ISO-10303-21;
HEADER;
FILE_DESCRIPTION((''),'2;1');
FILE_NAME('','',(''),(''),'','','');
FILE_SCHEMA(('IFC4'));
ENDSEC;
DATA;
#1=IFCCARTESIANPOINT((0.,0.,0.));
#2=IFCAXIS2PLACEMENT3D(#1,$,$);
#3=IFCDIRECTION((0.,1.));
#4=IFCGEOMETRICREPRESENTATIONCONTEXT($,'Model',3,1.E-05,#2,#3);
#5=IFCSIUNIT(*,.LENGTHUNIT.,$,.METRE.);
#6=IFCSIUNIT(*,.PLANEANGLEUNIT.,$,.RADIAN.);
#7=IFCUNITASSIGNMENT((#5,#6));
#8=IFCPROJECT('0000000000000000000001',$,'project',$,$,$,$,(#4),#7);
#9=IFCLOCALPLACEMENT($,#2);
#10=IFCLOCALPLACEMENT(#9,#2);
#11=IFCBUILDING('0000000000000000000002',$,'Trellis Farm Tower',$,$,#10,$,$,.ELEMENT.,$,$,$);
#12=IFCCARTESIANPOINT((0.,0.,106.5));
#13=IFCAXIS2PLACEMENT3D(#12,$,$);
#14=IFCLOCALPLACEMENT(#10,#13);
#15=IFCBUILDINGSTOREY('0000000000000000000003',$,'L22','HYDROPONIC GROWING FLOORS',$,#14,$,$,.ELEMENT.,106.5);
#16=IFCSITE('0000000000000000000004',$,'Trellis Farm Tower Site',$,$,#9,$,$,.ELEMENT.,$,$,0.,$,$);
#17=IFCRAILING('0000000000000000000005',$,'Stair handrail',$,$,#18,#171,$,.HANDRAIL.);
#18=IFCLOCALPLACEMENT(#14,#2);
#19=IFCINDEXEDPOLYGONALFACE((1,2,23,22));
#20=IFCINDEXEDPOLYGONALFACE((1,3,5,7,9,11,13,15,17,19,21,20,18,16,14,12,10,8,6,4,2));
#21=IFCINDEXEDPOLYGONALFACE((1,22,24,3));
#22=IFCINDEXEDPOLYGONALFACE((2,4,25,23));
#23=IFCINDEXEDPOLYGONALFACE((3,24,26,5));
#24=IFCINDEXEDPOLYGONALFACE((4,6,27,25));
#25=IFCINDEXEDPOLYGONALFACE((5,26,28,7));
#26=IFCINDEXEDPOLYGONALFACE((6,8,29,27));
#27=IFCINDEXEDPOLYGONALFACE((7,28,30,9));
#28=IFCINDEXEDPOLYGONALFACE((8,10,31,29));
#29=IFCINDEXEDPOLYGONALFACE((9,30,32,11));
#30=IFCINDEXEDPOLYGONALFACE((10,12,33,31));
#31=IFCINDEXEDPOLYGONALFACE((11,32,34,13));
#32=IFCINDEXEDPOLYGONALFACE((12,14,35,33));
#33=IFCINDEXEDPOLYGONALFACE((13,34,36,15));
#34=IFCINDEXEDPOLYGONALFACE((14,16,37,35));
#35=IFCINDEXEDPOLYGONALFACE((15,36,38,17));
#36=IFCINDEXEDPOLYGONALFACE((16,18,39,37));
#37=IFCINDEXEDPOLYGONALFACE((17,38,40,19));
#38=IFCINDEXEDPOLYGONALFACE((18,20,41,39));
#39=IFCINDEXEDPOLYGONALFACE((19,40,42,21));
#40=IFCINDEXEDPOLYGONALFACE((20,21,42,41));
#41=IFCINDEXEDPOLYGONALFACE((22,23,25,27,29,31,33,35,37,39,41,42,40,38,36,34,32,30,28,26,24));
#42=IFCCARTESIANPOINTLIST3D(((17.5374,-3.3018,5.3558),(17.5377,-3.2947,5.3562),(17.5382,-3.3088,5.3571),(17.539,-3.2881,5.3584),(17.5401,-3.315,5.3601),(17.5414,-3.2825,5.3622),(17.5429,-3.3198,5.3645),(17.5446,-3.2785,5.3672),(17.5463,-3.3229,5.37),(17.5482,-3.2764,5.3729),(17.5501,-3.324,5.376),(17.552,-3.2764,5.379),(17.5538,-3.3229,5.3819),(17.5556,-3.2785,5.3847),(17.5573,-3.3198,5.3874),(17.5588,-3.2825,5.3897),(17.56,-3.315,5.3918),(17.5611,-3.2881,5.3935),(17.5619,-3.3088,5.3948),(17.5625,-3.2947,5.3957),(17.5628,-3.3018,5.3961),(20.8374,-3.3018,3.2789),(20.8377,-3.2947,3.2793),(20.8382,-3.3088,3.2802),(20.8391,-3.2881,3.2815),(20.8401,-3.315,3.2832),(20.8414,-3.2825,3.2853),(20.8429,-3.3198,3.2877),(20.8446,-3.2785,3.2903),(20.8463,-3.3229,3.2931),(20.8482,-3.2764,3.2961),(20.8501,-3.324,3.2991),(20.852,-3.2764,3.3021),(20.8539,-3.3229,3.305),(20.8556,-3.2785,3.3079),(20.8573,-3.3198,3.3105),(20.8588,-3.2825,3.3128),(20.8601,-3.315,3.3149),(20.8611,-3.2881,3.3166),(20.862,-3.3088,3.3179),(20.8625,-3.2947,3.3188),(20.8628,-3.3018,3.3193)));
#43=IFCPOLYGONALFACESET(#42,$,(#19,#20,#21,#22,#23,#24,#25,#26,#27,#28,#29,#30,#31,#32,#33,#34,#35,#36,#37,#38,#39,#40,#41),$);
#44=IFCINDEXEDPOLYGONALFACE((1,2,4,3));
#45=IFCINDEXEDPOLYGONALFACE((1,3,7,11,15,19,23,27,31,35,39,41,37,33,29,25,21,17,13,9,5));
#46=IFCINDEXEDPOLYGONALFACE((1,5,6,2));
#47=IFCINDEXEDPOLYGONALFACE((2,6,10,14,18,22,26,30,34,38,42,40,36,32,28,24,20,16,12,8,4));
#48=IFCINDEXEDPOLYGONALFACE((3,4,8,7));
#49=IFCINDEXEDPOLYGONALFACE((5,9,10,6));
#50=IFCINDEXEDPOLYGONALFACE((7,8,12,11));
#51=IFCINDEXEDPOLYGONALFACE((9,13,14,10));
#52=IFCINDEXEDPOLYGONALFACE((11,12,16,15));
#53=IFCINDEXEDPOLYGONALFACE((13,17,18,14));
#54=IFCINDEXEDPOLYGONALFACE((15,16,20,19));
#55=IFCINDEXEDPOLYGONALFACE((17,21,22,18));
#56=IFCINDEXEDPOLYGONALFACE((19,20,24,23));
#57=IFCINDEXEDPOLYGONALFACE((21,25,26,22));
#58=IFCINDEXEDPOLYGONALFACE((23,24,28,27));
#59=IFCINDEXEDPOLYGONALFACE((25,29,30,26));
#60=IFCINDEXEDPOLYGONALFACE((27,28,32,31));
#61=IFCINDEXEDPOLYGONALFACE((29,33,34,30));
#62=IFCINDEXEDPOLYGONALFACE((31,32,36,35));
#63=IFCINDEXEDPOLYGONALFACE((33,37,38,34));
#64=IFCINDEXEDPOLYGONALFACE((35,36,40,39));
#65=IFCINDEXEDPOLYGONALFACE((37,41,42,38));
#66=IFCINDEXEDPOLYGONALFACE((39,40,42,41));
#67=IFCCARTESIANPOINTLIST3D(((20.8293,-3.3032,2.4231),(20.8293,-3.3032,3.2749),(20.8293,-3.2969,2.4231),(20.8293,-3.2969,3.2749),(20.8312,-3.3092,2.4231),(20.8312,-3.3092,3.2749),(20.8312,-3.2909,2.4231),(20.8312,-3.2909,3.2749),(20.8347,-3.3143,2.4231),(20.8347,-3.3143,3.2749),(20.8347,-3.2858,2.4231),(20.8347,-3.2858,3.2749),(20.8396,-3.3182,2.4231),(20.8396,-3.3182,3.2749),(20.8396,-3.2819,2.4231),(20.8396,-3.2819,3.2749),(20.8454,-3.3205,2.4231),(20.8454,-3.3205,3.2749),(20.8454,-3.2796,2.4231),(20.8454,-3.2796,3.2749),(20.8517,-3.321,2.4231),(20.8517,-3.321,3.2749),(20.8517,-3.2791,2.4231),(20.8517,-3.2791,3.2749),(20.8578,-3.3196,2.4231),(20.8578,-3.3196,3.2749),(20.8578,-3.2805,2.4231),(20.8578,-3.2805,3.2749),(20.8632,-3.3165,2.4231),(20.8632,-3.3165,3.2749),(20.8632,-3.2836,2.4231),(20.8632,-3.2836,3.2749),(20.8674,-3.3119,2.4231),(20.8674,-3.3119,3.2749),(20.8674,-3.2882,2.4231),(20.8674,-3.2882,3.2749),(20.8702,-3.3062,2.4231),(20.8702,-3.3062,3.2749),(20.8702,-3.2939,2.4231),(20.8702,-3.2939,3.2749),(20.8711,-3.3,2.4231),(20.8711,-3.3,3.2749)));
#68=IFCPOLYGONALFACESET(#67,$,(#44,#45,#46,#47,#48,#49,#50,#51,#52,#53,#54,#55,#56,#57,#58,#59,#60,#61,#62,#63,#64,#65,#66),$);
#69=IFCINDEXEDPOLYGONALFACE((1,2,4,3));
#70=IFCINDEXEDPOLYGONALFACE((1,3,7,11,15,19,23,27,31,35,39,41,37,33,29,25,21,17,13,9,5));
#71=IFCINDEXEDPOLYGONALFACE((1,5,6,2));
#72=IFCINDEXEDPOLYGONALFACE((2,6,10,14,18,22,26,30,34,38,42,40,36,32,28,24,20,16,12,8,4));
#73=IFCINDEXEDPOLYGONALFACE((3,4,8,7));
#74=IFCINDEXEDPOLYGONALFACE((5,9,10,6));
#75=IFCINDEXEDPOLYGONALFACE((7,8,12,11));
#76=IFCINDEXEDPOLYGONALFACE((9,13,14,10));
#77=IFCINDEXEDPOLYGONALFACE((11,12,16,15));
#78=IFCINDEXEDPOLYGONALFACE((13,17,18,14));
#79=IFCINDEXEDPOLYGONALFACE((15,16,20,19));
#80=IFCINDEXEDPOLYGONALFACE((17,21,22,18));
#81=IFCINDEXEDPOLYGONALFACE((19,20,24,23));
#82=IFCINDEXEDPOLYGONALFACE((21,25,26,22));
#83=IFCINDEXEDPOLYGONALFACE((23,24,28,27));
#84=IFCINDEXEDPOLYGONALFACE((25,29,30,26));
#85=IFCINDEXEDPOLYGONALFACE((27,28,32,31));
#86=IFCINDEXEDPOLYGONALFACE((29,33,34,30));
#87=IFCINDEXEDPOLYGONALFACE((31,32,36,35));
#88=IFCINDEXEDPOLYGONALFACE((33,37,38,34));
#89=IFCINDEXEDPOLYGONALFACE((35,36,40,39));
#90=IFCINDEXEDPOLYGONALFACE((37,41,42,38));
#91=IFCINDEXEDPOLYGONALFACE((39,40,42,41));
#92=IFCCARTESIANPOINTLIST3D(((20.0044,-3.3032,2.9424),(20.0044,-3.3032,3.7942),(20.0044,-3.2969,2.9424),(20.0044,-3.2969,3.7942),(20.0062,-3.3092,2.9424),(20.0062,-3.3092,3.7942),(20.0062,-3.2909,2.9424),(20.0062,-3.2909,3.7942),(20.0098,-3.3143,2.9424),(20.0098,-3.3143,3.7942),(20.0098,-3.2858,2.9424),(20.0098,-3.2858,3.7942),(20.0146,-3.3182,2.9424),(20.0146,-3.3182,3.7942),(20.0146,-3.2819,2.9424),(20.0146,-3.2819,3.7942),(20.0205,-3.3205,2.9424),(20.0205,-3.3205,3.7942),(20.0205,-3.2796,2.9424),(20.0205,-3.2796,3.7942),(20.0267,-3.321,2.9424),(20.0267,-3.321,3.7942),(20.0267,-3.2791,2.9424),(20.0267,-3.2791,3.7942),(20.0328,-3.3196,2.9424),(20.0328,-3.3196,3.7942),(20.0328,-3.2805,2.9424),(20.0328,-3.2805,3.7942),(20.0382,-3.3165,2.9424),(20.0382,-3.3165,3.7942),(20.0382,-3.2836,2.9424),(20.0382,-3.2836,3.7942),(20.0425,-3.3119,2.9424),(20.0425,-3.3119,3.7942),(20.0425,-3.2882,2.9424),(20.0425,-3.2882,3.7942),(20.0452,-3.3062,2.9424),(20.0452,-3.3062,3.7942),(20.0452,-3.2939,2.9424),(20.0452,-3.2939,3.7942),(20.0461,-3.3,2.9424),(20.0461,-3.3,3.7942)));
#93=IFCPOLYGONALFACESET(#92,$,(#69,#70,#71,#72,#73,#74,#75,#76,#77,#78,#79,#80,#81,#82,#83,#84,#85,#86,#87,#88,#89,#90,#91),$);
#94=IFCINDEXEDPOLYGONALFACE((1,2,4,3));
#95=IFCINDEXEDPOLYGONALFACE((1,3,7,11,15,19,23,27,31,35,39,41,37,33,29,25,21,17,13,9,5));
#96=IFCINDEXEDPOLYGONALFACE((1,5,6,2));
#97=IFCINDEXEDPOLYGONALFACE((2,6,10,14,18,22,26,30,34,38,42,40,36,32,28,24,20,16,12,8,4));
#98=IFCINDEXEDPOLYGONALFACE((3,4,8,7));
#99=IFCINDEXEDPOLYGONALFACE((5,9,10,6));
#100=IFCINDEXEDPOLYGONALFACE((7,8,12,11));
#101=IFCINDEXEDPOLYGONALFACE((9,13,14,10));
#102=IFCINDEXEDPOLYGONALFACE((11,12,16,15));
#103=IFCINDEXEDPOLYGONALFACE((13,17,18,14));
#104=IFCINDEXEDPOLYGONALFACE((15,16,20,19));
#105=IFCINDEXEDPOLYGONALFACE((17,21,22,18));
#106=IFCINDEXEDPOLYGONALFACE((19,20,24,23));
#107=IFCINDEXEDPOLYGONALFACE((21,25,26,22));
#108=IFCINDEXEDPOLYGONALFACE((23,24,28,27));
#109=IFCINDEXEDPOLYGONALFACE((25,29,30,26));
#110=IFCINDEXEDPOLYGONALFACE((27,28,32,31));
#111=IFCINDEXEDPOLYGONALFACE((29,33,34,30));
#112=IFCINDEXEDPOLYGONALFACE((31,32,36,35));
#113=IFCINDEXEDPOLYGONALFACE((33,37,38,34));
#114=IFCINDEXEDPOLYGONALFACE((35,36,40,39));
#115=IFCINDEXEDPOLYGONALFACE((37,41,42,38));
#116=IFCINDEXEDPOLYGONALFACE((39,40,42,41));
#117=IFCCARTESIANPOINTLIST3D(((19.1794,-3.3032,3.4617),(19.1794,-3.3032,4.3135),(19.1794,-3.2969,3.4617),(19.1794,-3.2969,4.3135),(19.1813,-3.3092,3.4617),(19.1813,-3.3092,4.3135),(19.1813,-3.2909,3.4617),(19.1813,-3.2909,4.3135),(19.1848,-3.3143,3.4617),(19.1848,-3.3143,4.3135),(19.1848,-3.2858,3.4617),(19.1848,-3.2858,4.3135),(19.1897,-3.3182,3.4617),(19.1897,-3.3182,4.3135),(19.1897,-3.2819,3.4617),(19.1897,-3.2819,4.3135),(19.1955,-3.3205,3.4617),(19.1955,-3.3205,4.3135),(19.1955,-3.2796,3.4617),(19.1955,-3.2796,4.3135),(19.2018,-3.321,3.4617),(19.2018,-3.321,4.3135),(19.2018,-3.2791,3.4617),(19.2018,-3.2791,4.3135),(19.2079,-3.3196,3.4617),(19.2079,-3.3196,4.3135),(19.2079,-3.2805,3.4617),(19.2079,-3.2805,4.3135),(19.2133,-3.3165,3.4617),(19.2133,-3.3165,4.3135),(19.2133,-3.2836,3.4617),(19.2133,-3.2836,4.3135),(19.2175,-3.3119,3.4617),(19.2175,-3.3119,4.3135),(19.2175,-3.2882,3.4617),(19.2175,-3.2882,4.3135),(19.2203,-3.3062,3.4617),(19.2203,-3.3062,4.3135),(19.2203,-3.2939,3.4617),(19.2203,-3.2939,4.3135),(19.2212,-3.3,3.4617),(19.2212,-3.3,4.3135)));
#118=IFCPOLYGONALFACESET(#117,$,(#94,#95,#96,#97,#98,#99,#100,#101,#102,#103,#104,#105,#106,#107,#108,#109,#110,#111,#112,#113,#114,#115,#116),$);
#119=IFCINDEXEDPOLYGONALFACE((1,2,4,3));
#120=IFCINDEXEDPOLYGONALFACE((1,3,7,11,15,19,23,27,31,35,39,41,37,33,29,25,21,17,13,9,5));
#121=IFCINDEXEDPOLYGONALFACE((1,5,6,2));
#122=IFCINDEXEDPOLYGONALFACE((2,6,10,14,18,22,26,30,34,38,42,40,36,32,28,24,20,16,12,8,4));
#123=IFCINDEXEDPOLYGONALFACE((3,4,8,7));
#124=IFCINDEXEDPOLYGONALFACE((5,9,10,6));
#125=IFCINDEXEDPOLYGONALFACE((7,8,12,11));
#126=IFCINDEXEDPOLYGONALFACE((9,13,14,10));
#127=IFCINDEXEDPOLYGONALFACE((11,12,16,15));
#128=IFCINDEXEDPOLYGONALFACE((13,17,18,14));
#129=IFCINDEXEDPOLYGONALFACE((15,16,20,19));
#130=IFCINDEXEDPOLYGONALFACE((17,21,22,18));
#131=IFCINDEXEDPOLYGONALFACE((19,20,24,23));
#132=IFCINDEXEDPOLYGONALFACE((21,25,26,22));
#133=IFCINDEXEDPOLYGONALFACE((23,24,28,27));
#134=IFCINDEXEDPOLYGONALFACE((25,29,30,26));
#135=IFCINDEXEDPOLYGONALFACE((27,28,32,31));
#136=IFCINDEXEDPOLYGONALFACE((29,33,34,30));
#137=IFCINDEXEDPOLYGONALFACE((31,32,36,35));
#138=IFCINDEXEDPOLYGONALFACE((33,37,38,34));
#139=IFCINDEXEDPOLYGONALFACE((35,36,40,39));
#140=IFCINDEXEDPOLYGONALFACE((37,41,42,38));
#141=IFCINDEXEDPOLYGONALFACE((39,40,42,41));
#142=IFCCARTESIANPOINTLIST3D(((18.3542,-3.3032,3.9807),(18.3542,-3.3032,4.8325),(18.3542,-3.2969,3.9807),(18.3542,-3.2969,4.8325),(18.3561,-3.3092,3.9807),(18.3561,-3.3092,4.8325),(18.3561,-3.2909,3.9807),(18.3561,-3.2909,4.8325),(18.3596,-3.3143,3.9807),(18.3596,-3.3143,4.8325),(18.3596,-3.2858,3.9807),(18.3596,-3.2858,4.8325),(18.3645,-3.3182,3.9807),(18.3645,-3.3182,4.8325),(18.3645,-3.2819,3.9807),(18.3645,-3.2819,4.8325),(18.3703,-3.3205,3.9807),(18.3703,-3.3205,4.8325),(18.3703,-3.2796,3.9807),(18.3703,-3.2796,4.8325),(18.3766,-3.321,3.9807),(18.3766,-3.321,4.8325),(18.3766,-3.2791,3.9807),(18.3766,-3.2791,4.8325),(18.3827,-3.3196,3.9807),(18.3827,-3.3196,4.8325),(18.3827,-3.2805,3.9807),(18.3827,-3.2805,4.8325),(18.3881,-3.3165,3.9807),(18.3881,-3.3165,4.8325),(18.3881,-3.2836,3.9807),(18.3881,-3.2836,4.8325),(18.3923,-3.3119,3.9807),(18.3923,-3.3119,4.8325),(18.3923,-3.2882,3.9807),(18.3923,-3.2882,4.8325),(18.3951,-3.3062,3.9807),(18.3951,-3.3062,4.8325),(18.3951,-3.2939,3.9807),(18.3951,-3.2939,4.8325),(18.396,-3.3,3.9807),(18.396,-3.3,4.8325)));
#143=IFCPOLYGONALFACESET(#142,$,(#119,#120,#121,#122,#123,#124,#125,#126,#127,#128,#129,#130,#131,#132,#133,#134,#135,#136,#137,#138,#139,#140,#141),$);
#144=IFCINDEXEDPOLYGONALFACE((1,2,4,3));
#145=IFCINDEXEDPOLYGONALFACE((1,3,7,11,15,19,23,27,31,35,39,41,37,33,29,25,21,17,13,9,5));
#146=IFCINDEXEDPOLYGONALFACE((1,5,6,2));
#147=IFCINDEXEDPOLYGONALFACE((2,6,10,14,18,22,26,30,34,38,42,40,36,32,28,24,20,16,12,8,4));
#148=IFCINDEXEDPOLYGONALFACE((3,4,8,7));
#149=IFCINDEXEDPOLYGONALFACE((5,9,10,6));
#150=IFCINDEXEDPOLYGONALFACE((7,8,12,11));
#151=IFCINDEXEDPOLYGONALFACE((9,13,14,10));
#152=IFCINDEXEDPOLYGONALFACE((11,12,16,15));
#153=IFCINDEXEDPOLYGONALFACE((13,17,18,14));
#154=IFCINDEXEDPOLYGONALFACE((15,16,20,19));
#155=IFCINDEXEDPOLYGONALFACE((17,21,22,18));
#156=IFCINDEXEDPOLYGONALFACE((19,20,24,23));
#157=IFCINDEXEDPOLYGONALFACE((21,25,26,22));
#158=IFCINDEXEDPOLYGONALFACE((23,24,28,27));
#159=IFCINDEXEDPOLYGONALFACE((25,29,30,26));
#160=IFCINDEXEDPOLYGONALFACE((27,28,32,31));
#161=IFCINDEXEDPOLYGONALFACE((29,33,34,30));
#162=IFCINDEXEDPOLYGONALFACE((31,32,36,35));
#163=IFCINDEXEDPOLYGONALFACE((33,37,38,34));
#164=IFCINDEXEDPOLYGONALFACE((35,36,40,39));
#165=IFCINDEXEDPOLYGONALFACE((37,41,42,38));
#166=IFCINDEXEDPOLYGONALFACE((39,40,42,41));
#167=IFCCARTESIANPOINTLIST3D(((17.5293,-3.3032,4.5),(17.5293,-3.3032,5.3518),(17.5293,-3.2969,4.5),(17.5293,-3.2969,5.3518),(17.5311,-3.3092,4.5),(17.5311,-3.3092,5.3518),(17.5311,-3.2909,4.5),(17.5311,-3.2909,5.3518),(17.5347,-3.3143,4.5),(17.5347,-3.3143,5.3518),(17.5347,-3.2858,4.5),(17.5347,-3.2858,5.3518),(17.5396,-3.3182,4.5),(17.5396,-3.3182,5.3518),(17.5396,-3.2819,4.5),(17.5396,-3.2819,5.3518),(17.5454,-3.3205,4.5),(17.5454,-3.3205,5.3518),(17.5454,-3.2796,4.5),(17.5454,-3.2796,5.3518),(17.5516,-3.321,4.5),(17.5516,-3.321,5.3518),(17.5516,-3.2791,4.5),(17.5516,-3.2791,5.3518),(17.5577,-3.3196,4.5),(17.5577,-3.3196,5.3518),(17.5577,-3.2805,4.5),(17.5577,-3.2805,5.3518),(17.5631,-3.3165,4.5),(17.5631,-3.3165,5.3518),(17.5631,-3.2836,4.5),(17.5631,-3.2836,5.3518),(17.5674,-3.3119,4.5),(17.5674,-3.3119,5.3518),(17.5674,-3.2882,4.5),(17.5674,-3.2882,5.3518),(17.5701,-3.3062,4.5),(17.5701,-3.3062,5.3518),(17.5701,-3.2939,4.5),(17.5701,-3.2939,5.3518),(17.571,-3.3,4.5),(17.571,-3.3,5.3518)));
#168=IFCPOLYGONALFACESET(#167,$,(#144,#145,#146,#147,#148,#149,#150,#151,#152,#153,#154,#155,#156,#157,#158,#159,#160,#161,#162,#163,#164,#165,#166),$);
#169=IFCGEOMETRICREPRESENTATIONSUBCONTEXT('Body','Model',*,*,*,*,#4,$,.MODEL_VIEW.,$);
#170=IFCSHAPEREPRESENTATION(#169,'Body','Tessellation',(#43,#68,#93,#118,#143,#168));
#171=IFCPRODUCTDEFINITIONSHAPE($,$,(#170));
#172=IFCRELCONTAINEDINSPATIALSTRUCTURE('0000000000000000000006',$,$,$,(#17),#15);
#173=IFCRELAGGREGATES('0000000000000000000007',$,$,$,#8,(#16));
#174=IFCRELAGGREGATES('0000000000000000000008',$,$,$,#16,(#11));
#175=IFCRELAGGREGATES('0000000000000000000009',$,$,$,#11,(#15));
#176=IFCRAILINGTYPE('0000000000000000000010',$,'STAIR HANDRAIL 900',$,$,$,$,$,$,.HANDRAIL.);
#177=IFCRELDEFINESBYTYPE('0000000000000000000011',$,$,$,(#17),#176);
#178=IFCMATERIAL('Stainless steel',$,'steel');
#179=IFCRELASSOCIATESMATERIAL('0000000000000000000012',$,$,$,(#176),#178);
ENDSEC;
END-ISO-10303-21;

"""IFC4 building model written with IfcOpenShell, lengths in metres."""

from ifc_helpers import new_model, si_unit, direction, frame, origin, origin_2d, place, context, subcontext, project, spatial, circle, extrude, source, transform, mapped, material, type_object, element, save


model = new_model("IFC4")

# Units and contexts
model_context = context("Model", 3, precision=1e-05, world=origin(), true_north=direction((0.0, 1.0)))
body_context = subcontext(model_context, "Body", "Model", "MODEL_VIEW")
ifc_project = project(units=[si_unit("LENGTHUNIT", "METRE"), si_unit("PLANEANGLEUNIT", "RADIAN")], contexts=[model_context])

# Site, building, storey
site_placement = place(None, origin())
site = spatial("IfcSite", under=ifc_project, at=site_placement, Name="Trellis Farm Tower Site", CompositionType="ELEMENT", RefElevation=0.0)
building_placement = place(site_placement, origin())
building = spatial("IfcBuilding", under=site, at=building_placement, Name="Trellis Farm Tower", CompositionType="ELEMENT")
storey_placement = place(building_placement, frame((0.0, 0.0, 106.5)))
storey = spatial("IfcBuildingStorey", under=building, at=storey_placement, Name="L22", Description="HYDROPONIC GROWING FLOORS", CompositionType="ELEMENT", Elevation=106.5)

# Shared definitions
ifc_material_1 = material(Name="Stainless steel", Category="steel")

# Railing
railing_type = type_object("IfcRailingType", Name="STAIR HANDRAIL 900", PredefinedType="HANDRAIL", material=ifc_material_1)
shared_shape_1 = source(origin(), body_context, "Body", "SweptSolid", [
    extrude(circle(Radius=0.0239, at=origin_2d()), frame((0.0, 0.0, 0.876), z_axis=(-0.846337, 0.0, 0.532647), x_axis=(0.0, -1.0, 0.0)), (0.0, 0.0, 1.0), 3.8992),
    extrude(circle(Radius=0.021, at=origin_2d()), origin(), (0.0, 0.0, 1.0), 0.8518),
    extrude(circle(Radius=0.021, at=origin_2d()), frame((-0.825, 0.0, 0.5193)), (0.0, 0.0, 1.0), 0.8518),
    extrude(circle(Radius=0.021, at=origin_2d()), frame((-1.6499, 0.0, 1.0386)), (0.0, 0.0, 1.0), 0.8518),
    extrude(circle(Radius=0.021, at=origin_2d()), frame((-2.4751, 0.0, 1.5576)), (0.0, 0.0, 1.0), 0.8518),
    extrude(circle(Radius=0.021, at=origin_2d()), frame((-3.3, 0.0, 2.0769)), (0.0, 0.0, 1.0), 0.8518),
])
for number, where, name in (
    (1, (20.8501, -3.3, 2.4231), "Stair handrail"),
):
    element("IfcRailing", number, at=place(storey_placement, frame(where)), inside=storey, type_object=railing_type, Name=name, PredefinedType="HANDRAIL", context=body_context, shape_type="MappedRepresentation", body=[
        mapped(shared_shape_1, transform((0.0, 0.0, 0.0))),
    ])

save(model, "model.ifc")
